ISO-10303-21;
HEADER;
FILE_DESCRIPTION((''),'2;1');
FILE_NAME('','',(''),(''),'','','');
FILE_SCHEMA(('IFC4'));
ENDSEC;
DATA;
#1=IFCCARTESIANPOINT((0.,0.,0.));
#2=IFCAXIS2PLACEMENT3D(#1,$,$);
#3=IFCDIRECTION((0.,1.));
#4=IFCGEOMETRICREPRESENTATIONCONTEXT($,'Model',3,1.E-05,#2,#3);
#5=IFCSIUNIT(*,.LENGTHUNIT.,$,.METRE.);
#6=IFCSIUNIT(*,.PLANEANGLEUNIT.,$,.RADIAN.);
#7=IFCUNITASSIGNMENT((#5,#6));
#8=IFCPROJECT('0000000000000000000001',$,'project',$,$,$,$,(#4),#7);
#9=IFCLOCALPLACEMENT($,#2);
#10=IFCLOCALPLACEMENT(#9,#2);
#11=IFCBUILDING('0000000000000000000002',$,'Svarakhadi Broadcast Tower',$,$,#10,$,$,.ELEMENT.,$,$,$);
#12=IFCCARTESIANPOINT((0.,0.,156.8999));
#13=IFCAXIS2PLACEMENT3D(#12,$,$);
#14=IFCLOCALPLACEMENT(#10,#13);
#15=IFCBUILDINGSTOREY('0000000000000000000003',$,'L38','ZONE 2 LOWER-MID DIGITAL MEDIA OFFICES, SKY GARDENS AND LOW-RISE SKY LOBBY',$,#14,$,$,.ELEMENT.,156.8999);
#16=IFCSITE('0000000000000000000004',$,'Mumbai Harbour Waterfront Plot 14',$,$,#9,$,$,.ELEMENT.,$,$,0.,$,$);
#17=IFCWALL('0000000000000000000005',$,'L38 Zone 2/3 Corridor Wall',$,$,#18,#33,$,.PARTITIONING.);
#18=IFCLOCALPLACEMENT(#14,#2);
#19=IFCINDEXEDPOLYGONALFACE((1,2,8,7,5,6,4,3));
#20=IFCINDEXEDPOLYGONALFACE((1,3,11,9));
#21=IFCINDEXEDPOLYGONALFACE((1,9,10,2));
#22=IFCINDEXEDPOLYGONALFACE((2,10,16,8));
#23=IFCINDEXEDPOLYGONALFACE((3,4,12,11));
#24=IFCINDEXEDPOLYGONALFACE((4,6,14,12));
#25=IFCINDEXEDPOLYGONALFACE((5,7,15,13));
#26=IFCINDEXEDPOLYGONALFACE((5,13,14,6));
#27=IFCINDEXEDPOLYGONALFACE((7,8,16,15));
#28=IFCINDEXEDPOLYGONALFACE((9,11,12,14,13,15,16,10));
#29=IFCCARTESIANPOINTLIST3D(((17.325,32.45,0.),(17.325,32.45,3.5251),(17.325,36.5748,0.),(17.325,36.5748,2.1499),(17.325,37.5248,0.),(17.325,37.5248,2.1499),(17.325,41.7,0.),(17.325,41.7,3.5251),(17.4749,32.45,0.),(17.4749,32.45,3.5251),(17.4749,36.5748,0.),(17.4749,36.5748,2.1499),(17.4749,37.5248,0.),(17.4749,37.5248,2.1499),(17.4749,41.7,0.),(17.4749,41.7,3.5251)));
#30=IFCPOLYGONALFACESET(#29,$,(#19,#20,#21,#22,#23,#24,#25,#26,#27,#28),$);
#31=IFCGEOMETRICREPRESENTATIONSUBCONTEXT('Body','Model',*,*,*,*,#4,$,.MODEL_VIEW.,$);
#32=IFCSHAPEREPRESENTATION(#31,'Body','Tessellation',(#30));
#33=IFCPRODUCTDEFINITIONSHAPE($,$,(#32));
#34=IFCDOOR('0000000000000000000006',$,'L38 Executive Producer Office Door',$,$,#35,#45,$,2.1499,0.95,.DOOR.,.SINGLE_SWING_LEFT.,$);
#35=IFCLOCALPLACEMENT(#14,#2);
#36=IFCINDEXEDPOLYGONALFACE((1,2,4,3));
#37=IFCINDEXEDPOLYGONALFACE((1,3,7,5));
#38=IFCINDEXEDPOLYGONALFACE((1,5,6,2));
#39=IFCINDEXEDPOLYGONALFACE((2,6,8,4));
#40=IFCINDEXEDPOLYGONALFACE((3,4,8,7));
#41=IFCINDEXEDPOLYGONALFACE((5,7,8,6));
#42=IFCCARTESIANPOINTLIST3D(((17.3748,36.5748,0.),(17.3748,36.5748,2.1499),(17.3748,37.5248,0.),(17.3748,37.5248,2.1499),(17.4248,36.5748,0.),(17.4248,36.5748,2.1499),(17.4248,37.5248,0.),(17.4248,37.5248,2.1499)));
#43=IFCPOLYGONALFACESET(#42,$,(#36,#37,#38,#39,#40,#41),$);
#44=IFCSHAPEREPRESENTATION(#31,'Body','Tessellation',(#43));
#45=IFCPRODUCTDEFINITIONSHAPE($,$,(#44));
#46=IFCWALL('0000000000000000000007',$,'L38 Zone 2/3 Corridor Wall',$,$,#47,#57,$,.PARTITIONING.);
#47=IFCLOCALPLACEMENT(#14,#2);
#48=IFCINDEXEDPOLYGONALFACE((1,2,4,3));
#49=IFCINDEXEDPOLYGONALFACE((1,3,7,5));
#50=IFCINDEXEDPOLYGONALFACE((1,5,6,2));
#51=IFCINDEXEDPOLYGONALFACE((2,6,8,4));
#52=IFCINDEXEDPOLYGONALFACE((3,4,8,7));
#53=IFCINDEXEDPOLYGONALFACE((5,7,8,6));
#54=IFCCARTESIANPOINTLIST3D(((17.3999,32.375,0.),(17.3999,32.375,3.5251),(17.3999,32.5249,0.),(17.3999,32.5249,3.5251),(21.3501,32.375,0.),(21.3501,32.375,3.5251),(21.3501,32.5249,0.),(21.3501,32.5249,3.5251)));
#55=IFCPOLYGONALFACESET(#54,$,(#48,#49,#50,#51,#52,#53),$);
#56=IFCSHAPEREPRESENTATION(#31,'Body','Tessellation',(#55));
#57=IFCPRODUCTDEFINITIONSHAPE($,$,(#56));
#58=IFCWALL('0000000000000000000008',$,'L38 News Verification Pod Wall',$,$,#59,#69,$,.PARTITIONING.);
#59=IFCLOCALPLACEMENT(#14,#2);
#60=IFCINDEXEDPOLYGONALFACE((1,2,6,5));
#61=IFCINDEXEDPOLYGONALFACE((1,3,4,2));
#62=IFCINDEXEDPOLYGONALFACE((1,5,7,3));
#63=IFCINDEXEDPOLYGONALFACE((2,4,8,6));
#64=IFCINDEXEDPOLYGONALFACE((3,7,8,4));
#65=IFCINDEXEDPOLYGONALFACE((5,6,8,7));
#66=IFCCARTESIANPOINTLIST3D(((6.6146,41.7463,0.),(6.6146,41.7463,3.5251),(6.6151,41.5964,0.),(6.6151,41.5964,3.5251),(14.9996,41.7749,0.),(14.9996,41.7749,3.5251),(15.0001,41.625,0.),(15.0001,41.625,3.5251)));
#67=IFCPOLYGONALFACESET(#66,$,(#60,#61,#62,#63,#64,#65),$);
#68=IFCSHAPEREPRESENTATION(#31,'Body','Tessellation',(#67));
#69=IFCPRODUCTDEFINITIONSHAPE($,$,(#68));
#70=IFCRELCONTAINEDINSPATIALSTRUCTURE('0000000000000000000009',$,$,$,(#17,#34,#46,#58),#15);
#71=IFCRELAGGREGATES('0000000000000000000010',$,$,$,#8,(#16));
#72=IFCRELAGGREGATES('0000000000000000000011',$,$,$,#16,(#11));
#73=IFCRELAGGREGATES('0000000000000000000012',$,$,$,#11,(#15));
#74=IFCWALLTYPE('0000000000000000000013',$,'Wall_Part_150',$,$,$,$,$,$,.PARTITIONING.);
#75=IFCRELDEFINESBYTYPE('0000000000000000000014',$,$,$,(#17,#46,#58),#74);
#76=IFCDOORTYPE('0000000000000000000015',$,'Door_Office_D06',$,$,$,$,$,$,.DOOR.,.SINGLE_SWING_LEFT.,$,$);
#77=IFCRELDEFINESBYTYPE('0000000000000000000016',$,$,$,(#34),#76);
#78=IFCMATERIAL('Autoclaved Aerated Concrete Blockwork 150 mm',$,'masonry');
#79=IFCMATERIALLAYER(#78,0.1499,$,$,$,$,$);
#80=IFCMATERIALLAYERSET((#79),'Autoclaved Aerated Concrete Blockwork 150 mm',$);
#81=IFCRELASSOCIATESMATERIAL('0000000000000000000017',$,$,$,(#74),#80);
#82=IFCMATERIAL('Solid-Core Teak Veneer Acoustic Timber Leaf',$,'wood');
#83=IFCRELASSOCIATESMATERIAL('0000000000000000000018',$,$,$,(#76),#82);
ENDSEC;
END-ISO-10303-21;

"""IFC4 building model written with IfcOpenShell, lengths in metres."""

from ifc_helpers import new_model, si_unit, direction, frame, frame_2d, origin, place, context, subcontext, project, spatial, rectangle, extrude, material, layer, layer_set, type_object, element, fill, save


model = new_model("IFC4")

# Units and contexts
model_context = context("Model", 3, precision=1e-05, world=origin(), true_north=direction((0.0, 1.0)))
body_context = subcontext(model_context, "Body", "Model", "MODEL_VIEW")
ifc_project = project(units=[si_unit("LENGTHUNIT", "METRE"), si_unit("PLANEANGLEUNIT", "RADIAN")], contexts=[model_context])

# Site, building, storey
site_placement = place(None, origin())
site = spatial("IfcSite", under=ifc_project, at=site_placement, Name="Mumbai Harbour Waterfront Plot 14", CompositionType="ELEMENT", RefElevation=0.0)
building_placement = place(site_placement, origin())
building = spatial("IfcBuilding", under=site, at=building_placement, Name="Svarakhadi Broadcast Tower", CompositionType="ELEMENT")
storey_placement = place(building_placement, frame((0.0, 0.0, 156.8999)))
storey = spatial("IfcBuildingStorey", under=building, at=storey_placement, Name="L38", Description="ZONE 2 LOWER-MID DIGITAL MEDIA OFFICES, SKY GARDENS AND LOW-RISE SKY LOBBY", CompositionType="ELEMENT", Elevation=156.8999)

# Shared definitions
ifc_material_1 = material(Name="Autoclaved Aerated Concrete Blockwork 150 mm", Category="masonry")
ifc_layer_1 = layer(ifc_material_1, 0.1499)
ifc_layer_set_1 = layer_set([ifc_layer_1], Name="Autoclaved Aerated Concrete Blockwork 150 mm")
wall_type_1 = type_object("IfcWallType", Name="Wall_Part_150", PredefinedType="PARTITIONING", material=ifc_layer_set_1)

# Shared definitions
ifc_material_2 = material(Name="Solid-Core Teak Veneer Acoustic Timber Leaf", Category="wood")
door_type_1 = type_object("IfcDoorType", Name="Door_Office_D06", OperationType="SINGLE_SWING_LEFT", PredefinedType="DOOR", material=ifc_material_2)

# Wall, opening, door
wall_1_placement = place(storey_placement, frame((17.3999, 41.7, 0.0), z_axis=(0.0, 0.0, 1.0), x_axis=(0.0, -1.0, 0.0)))
wall_1 = element("IfcWall", 1, at=wall_1_placement, inside=storey, type_object=wall_type_1, Name="L38 Zone 2/3 Corridor Wall", PredefinedType="PARTITIONING", context=body_context, shape_type="SweptSolid", body=[
    extrude(rectangle(XDim=9.25, YDim=0.1499, at=frame_2d((4.625, 0.0))), origin(), (0.0, 0.0, 1.0), 3.5251),
])
opening_1_placement = place(wall_1_placement, frame((4.175, 0.0, 0.0)))
opening_1 = element("IfcOpeningElement", 2, at=opening_1_placement, cuts=wall_1, PredefinedType="OPENING", context=body_context, shape_type="SweptSolid", body=[
    extrude(rectangle(XDim=0.95, YDim=2.1499, at=frame_2d((0.4751, 1.075))), frame((0.0, 0.085, 0.0), z_axis=(0.0, -1.0, 0.0), x_axis=(1.0, 0.0, 0.0)), (0.0, 0.0, 1.0), 0.1699),
])
door_1_placement = place(opening_1_placement, origin())
door_1 = element("IfcDoor", 3, at=door_1_placement, inside=storey, type_object=door_type_1, Name="L38 Executive Producer Office Door", OperationType="SINGLE_SWING_LEFT", OverallHeight=2.1499, OverallWidth=0.95, PredefinedType="DOOR", context=body_context, shape_type="SweptSolid", body=[
    extrude(rectangle(XDim=0.95, YDim=2.1499, at=frame_2d((0.4751, 1.075))), frame((0.0, 0.0249, 0.0), z_axis=(0.0, -1.0, 0.0), x_axis=(1.0, 0.0, 0.0)), (0.0, 0.0, 1.0), 0.05),
])
fill(opening_1, door_1)

# Walls
wall_2_placement = place(storey_placement, frame((17.3999, 32.45, 0.0), z_axis=(0.0, 0.0, 1.0), x_axis=(1.0, 0.0, 0.0)))
element("IfcWall", 4, at=wall_2_placement, inside=storey, type_object=wall_type_1, Name="L38 Zone 2/3 Corridor Wall", PredefinedType="PARTITIONING", context=body_context, shape_type="SweptSolid", body=[
    extrude(rectangle(XDim=3.9502, YDim=0.1499, at=frame_2d((1.9751, 0.0))), origin(), (0.0, 0.0, 1.0), 3.5251),
])
wall_3_placement = place(storey_placement, frame((6.615, 41.6714, 0.0), z_axis=(0.0, 0.0, 1.0), x_axis=(0.999994, 0.003407, 0.0)))
element("IfcWall", 5, at=wall_3_placement, inside=storey, type_object=wall_type_1, Name="L38 News Verification Pod Wall", PredefinedType="PARTITIONING", context=body_context, shape_type="SweptSolid", body=[
    extrude(rectangle(XDim=8.385, YDim=0.1499, at=frame_2d((4.1924, 0.0))), origin(), (0.0, 0.0, 1.0), 3.5251),
])

save(model, "model.ifc")
